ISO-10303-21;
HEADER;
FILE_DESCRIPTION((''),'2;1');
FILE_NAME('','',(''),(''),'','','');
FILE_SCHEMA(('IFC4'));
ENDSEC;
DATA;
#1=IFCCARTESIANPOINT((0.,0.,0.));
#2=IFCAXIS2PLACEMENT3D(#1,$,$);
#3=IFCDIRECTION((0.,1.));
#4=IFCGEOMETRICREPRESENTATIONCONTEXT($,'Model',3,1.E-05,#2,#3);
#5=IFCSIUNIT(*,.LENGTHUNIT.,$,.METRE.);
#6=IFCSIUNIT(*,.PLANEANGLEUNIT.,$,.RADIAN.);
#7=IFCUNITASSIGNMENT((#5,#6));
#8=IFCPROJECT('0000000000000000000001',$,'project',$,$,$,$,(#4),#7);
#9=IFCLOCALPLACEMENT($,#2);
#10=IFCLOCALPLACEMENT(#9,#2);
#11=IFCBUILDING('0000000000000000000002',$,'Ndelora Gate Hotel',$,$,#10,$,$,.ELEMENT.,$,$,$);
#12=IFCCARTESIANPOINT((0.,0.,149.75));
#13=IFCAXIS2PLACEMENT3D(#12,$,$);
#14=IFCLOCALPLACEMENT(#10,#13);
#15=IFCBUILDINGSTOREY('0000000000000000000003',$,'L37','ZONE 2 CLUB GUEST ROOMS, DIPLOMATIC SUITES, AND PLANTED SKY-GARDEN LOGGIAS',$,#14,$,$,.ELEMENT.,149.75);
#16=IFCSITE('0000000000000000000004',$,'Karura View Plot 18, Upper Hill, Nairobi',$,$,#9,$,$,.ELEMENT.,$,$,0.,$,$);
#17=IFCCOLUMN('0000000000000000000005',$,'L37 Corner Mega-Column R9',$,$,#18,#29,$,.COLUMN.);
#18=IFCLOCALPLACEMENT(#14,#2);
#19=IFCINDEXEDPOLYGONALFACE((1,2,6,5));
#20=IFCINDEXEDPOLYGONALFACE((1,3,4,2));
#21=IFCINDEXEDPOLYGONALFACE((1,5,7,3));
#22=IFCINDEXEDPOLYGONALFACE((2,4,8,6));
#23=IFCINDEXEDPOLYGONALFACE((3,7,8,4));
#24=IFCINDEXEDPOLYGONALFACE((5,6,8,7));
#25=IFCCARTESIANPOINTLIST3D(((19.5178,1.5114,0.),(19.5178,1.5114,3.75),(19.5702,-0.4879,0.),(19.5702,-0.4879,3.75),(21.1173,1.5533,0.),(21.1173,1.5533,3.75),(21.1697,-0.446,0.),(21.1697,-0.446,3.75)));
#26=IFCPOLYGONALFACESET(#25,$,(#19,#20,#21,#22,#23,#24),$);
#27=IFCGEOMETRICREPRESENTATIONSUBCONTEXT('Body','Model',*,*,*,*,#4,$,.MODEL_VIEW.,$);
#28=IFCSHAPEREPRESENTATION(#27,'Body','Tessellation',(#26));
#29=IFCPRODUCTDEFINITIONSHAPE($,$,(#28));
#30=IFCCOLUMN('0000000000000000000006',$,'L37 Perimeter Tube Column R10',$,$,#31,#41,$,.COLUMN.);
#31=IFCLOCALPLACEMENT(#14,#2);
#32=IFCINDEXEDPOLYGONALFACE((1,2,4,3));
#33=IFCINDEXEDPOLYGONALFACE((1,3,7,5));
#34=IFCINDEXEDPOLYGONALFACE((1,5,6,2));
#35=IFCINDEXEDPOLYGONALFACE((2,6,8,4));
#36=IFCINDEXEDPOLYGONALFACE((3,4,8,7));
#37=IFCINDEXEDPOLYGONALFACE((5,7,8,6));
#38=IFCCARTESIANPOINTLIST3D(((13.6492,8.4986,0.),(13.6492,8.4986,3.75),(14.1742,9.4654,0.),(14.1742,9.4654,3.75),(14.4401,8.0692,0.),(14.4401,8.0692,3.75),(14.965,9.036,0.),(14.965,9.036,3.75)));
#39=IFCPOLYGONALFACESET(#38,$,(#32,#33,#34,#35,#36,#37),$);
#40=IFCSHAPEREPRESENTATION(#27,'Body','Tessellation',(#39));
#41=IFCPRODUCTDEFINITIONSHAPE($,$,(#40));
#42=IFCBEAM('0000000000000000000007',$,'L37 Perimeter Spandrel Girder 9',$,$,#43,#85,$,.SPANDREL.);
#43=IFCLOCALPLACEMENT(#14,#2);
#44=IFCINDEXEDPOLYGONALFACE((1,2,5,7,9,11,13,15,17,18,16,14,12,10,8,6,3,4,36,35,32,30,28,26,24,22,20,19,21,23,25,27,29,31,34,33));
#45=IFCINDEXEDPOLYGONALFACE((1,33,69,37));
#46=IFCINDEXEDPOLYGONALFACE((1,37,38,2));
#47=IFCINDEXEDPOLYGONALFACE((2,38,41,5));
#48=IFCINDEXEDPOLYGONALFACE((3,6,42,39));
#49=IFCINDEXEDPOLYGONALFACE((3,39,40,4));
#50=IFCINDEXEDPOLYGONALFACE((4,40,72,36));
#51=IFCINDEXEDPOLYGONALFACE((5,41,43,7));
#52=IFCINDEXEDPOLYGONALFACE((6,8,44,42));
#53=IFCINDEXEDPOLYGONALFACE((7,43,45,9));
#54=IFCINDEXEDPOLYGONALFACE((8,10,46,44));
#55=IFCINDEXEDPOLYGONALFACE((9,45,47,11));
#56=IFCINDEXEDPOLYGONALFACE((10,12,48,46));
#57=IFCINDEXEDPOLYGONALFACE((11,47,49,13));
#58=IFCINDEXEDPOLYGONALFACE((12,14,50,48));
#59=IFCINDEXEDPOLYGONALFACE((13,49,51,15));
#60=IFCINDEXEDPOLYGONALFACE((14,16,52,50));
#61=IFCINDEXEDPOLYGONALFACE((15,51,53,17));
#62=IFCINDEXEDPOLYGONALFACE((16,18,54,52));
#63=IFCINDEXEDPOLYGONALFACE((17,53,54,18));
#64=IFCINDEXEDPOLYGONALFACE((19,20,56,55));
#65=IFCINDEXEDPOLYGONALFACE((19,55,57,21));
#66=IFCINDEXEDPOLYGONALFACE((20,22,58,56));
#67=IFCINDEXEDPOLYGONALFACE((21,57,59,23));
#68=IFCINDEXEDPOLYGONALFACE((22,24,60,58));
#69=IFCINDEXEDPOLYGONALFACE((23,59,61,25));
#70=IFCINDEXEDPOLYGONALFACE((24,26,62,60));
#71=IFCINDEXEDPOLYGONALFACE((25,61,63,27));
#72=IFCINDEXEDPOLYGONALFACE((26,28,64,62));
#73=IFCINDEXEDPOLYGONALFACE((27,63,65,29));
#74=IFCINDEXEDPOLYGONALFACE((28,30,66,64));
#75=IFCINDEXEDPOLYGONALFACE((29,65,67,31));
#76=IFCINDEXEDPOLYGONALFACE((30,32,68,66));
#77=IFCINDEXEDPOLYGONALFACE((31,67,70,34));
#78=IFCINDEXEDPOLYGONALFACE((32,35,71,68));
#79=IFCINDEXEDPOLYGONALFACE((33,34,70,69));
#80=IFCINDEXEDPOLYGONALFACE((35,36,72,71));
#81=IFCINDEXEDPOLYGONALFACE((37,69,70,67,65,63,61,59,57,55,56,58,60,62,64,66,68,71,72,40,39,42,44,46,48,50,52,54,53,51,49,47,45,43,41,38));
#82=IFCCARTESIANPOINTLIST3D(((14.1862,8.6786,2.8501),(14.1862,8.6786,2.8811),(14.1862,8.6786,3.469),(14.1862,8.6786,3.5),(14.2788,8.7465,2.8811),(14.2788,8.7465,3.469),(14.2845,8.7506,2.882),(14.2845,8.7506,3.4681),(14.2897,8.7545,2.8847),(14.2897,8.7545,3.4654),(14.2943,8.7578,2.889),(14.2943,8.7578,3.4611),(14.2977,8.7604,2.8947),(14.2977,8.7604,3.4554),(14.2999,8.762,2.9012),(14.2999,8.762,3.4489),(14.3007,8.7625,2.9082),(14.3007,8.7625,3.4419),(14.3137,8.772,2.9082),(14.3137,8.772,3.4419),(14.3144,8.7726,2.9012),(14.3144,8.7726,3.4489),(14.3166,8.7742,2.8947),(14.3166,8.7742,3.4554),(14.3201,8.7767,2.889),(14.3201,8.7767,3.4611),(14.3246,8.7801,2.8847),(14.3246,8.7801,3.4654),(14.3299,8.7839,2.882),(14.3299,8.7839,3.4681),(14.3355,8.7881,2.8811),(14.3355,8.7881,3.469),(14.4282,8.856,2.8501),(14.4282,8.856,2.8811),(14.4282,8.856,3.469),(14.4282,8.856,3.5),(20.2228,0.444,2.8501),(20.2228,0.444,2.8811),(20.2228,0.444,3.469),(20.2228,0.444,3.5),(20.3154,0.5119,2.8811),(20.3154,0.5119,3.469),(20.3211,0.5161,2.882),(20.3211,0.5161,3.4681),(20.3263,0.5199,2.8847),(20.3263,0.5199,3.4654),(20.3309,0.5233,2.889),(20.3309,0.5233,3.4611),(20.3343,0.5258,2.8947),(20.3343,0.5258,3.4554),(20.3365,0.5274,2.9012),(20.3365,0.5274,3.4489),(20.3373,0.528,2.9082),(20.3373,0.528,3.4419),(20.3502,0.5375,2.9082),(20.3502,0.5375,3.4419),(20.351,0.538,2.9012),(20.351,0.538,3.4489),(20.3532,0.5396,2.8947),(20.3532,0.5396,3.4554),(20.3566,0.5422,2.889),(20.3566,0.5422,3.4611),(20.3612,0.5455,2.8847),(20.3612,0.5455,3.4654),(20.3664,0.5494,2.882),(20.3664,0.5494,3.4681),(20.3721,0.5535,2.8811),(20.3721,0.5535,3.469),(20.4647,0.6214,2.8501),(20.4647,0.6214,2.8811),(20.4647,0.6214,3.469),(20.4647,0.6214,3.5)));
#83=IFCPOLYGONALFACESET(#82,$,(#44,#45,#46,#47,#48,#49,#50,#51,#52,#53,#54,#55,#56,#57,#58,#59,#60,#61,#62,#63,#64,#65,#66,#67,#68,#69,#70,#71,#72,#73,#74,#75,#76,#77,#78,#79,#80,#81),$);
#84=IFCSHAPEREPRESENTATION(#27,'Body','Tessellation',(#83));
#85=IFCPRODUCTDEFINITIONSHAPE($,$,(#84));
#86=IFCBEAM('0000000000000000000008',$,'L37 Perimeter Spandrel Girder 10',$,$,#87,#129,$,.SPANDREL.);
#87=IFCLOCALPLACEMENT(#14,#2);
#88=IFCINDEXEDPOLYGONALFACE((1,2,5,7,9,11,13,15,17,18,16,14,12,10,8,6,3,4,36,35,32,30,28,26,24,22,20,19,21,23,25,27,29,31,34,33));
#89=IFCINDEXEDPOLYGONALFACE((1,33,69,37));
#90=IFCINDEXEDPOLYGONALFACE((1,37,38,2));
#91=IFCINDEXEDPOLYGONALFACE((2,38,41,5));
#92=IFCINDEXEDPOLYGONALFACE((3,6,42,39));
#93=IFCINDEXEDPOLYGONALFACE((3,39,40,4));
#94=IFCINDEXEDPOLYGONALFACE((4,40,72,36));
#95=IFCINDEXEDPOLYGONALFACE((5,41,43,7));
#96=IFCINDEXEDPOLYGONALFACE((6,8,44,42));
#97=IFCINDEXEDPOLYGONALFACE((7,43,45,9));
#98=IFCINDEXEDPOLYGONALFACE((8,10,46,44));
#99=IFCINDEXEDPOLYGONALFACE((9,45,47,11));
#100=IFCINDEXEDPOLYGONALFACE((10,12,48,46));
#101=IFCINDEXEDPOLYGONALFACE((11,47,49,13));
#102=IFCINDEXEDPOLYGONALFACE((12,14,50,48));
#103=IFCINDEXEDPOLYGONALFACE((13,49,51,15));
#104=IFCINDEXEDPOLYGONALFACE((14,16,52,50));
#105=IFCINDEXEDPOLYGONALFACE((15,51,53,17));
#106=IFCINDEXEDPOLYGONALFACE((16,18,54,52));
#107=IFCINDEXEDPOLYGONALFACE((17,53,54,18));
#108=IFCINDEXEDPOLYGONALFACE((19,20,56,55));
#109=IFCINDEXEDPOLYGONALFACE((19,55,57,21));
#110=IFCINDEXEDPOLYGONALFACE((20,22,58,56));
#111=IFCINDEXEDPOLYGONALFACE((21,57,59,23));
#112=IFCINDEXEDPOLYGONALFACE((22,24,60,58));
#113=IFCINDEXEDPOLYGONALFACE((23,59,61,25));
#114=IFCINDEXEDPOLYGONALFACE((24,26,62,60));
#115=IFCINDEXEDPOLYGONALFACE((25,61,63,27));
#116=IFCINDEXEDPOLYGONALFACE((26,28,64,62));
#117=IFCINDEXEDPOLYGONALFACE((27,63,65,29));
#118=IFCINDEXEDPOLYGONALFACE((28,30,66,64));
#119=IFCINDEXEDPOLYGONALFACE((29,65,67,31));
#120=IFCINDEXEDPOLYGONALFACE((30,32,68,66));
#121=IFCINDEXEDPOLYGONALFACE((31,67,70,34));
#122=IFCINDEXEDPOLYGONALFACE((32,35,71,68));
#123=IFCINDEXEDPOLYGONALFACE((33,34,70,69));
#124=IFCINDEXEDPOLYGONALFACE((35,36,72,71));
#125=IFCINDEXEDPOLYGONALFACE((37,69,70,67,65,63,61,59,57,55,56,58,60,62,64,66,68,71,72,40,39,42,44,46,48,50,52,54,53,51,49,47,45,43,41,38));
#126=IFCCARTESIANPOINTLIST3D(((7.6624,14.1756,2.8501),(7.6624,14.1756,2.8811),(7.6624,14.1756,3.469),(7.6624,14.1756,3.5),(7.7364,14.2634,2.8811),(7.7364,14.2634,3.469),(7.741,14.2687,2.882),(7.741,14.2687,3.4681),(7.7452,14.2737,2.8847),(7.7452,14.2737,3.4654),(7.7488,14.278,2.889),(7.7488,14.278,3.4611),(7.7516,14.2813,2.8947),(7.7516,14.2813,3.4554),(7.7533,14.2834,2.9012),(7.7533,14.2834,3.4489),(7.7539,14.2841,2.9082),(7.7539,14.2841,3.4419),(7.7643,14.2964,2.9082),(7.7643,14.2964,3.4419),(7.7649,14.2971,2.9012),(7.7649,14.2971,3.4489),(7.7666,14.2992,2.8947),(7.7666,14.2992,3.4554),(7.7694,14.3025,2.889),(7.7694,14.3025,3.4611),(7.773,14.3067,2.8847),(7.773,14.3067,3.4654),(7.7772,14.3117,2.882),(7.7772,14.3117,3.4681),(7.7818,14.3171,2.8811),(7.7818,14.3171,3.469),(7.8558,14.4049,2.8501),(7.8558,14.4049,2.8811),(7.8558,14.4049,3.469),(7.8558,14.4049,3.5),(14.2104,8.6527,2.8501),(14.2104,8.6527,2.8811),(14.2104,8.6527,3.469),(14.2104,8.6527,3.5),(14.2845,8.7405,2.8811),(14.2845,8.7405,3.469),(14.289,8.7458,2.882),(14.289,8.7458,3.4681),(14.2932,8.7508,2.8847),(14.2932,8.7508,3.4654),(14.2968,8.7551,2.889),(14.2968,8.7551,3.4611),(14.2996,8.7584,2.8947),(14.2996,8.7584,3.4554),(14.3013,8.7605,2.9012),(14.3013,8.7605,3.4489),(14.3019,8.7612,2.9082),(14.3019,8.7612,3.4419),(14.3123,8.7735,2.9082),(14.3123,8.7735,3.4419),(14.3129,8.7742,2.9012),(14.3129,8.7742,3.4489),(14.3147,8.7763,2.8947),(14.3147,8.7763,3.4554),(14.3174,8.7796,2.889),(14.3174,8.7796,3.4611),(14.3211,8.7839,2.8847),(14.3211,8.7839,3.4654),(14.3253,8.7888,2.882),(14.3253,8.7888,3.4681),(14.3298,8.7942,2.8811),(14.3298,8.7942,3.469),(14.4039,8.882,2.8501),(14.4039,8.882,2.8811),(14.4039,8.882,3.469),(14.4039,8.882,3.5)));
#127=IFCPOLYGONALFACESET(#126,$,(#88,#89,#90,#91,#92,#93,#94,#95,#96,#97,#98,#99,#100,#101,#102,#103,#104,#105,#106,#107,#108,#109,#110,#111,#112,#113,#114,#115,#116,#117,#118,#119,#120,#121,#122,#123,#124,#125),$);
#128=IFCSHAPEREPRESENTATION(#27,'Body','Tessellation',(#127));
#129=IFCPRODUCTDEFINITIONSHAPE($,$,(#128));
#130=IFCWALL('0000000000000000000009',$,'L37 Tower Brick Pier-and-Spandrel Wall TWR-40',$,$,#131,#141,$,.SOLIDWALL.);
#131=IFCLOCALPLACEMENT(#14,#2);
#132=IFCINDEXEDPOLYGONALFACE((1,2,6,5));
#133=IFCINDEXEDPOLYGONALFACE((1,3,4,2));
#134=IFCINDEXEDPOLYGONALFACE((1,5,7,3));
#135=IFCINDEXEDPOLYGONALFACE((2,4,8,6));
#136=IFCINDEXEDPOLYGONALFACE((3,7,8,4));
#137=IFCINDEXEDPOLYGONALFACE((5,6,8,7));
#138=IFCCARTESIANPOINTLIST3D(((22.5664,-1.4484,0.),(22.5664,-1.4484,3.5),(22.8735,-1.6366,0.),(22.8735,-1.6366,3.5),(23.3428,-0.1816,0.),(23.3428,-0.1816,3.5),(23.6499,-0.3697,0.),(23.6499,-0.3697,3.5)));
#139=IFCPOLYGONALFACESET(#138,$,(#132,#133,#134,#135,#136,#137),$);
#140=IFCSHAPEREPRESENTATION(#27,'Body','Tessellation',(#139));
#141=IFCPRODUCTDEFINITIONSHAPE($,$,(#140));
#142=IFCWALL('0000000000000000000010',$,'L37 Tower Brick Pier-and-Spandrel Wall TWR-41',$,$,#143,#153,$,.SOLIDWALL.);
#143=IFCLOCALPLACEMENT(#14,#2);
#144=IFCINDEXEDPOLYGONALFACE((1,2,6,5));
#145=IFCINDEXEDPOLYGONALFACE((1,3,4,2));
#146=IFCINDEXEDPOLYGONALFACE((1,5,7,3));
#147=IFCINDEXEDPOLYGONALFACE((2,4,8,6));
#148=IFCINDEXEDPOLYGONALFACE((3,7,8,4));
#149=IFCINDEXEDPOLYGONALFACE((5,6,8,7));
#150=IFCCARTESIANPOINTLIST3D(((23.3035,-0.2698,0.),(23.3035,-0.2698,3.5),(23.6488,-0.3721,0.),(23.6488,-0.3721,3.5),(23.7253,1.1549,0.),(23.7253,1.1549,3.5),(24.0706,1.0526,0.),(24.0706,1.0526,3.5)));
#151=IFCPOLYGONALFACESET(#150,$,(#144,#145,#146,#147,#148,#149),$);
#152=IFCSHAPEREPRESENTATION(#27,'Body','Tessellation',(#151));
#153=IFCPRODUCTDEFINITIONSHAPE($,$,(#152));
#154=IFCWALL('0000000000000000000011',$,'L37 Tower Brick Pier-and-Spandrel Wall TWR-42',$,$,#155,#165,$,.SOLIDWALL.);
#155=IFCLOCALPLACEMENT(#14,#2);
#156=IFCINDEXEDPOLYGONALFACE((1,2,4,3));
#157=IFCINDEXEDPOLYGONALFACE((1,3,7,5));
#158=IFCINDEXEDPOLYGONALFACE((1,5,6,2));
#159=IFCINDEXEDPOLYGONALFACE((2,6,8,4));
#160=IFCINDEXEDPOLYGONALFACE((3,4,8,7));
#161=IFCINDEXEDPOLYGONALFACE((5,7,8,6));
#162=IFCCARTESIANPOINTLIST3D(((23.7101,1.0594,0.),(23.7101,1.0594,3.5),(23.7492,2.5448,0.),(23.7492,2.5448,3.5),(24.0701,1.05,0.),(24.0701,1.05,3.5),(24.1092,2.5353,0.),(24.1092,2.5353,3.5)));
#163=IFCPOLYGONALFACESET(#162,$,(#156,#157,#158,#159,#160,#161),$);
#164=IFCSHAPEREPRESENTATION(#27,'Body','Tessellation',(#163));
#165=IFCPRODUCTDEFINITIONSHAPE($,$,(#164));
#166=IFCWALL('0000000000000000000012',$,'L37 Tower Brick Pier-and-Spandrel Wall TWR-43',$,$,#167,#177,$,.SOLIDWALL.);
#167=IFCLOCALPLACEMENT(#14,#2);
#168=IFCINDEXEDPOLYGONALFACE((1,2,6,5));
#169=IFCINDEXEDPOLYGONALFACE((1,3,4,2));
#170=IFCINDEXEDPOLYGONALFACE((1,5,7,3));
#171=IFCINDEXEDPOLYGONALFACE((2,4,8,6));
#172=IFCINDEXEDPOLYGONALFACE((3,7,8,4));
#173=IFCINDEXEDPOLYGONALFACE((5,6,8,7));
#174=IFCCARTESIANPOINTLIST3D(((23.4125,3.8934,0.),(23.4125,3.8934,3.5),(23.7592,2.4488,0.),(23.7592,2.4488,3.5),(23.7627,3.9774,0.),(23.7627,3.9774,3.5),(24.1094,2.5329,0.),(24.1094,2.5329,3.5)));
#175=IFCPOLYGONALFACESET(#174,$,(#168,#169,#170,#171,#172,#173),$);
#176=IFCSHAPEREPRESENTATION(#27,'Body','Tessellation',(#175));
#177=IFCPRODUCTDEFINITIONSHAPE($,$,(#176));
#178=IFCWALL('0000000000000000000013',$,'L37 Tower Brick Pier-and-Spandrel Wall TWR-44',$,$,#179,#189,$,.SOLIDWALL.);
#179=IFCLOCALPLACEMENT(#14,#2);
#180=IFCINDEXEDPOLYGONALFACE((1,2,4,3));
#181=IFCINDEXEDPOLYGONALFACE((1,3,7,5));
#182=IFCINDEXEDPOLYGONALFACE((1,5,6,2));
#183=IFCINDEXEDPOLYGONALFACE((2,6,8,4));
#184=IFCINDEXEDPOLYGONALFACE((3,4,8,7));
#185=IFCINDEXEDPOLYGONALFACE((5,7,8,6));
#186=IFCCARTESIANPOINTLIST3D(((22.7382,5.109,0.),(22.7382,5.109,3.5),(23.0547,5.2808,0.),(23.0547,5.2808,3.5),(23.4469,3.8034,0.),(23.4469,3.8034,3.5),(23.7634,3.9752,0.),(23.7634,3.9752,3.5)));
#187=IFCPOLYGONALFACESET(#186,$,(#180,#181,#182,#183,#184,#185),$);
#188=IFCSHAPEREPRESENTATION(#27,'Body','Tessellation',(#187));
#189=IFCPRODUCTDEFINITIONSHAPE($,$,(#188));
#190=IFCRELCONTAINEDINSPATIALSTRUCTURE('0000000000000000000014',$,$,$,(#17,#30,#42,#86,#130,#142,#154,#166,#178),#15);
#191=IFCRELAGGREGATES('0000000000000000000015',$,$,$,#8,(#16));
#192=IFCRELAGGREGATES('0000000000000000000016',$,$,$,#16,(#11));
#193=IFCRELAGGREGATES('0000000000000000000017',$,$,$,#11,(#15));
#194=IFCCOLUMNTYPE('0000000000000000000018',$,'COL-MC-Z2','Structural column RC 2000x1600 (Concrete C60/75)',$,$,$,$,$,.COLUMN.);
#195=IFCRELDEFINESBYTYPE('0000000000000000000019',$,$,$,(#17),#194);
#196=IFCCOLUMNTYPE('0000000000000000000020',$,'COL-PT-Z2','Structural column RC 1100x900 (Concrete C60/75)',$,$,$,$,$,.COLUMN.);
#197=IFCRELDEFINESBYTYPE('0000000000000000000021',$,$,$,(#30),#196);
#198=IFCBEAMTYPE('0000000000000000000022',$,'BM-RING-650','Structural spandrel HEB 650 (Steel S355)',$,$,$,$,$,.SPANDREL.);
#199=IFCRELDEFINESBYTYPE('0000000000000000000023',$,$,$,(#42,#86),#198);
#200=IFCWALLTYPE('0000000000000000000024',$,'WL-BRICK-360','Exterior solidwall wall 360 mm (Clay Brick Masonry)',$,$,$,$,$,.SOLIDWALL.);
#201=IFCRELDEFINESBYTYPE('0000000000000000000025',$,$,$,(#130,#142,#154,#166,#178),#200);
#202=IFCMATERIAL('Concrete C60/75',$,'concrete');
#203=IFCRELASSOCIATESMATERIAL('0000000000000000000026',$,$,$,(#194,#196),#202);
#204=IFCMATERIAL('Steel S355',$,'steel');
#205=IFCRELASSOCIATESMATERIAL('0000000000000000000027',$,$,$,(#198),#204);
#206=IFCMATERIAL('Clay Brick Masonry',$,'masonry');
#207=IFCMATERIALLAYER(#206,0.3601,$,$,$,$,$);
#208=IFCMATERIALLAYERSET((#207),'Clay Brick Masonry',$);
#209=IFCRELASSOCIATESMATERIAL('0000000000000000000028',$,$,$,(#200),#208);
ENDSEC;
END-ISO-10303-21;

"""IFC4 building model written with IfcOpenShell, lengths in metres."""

from ifc_helpers import new_model, si_unit, direction, frame, frame_2d, origin, origin_2d, place, context, subcontext, project, spatial, rectangle, i_section, extrude, material, layer, layer_set, material_profile, profile_set, type_object, element, save


model = new_model("IFC4")

# Units and contexts
model_context = context("Model", 3, precision=1e-05, world=origin(), true_north=direction((0.0, 1.0)))
body_context = subcontext(model_context, "Body", "Model", "MODEL_VIEW")
ifc_project = project(units=[si_unit("LENGTHUNIT", "METRE"), si_unit("PLANEANGLEUNIT", "RADIAN")], contexts=[model_context])

# Site, building, storey
site_placement = place(None, origin())
site = spatial("IfcSite", under=ifc_project, at=site_placement, Name="Karura View Plot 18, Upper Hill, Nairobi", CompositionType="ELEMENT", RefElevation=0.0)
building_placement = place(site_placement, origin())
building = spatial("IfcBuilding", under=site, at=building_placement, Name="Ndelora Gate Hotel", CompositionType="ELEMENT")
storey_placement = place(building_placement, frame((0.0, 0.0, 149.75)))
storey = spatial("IfcBuildingStorey", under=building, at=storey_placement, Name="L37", Description="ZONE 2 CLUB GUEST ROOMS, DIPLOMATIC SUITES, AND PLANTED SKY-GARDEN LOGGIAS", CompositionType="ELEMENT", Elevation=149.75)

# Columns
ifc_material_1 = material(Name="Concrete C60/75", Category="concrete")
ifc_material_profile_1 = material_profile(ifc_material_1, rectangle(XDim=1.6001, YDim=2.0, at=origin_2d()), Name="RC 2000x1600")
ifc_profile_set_1 = profile_set([ifc_material_profile_1], Name="Concrete C60/75")
column_type_1 = type_object("IfcColumnType", Name="COL-MC-Z2", Description="Structural column RC 2000x1600 (Concrete C60/75)", PredefinedType="COLUMN", material=ifc_profile_set_1)
column_1_placement = place(storey_placement, frame((20.3438, 0.5327, 0.0), z_axis=(0.0, 0.0, 1.0), x_axis=(0.999657, 0.026177, 0.0)))
element("IfcColumn", 1, at=column_1_placement, inside=storey, type_object=column_type_1, Name="L37 Corner Mega-Column R9", PredefinedType="COLUMN", context=body_context, shape_type="SweptSolid", body=[
    extrude(rectangle(XDim=1.6001, YDim=2.0, at=origin_2d()), origin(), (0.0, 0.0, 1.0), 3.75),
])
ifc_material_profile_2 = material_profile(ifc_material_1, rectangle(XDim=0.8999, YDim=1.1001, at=origin_2d()), Name="RC 1100x900")
ifc_profile_set_2 = profile_set([ifc_material_profile_2], Name="Concrete C60/75")
column_type_2 = type_object("IfcColumnType", Name="COL-PT-Z2", Description="Structural column RC 1100x900 (Concrete C60/75)", PredefinedType="COLUMN", material=ifc_profile_set_2)
column_2_placement = place(storey_placement, frame((14.3071, 8.7673, 0.0), z_axis=(0.0, 0.0, 1.0), x_axis=(-0.878817, 0.477159, 0.0)))
element("IfcColumn", 2, at=column_2_placement, inside=storey, type_object=column_type_2, Name="L37 Perimeter Tube Column R10", PredefinedType="COLUMN", context=body_context, shape_type="SweptSolid", body=[
    extrude(rectangle(XDim=0.8999, YDim=1.1001, at=origin_2d()), origin(), (0.0, 0.0, 1.0), 3.75),
])

# Beams
ifc_material_2 = material(Name="Steel S355", Category="steel")
ifc_material_profile_3 = material_profile(ifc_material_2, i_section(OverallWidth=0.3, OverallDepth=0.6499, WebThickness=0.0161, FlangeThickness=0.031, FilletRadius=0.0271, at=origin_2d()), Name="HEB 650")
ifc_profile_set_3 = profile_set([ifc_material_profile_3], Name="Steel S355")
beam_type = type_object("IfcBeamType", Name="BM-RING-650", Description="Structural spandrel HEB 650 (Steel S355)", PredefinedType="SPANDREL", material=ifc_profile_set_3)
beam_1_placement = place(storey_placement, frame((20.3438, 0.5327, 3.175), z_axis=(-0.59123, 0.806503, 0.0), x_axis=(-0.806503, -0.59123, 0.0)))
element("IfcBeam", 3, at=beam_1_placement, inside=storey, type_object=beam_type, Name="L37 Perimeter Spandrel Girder 9", PredefinedType="SPANDREL", context=body_context, shape_type="SweptSolid", body=[
    extrude(i_section(OverallWidth=0.3, OverallDepth=0.6499, WebThickness=0.0161, FlangeThickness=0.031, FilletRadius=0.0271, at=origin_2d()), origin(), (0.0, 0.0, 1.0), 10.2102),
])
beam_2_placement = place(storey_placement, frame((14.3071, 8.7673, 3.175), z_axis=(-0.764407, 0.644734, 0.0), x_axis=(-0.644734, -0.764407, 0.0)))
element("IfcBeam", 4, at=beam_2_placement, inside=storey, type_object=beam_type, Name="L37 Perimeter Spandrel Girder 10", PredefinedType="SPANDREL", context=body_context, shape_type="SweptSolid", body=[
    extrude(i_section(OverallWidth=0.3, OverallDepth=0.6499, WebThickness=0.0161, FlangeThickness=0.031, FilletRadius=0.0271, at=origin_2d()), origin(), (0.0, 0.0, 1.0), 8.5662),
])

# Walls
ifc_material_3 = material(Name="Clay Brick Masonry", Category="masonry")
ifc_layer_1 = layer(ifc_material_3, 0.3601)
ifc_layer_set_1 = layer_set([ifc_layer_1], Name="Clay Brick Masonry")
wall_type = type_object("IfcWallType", Name="WL-BRICK-360", Description="Exterior solidwall wall 360 mm (Clay Brick Masonry)", PredefinedType="SOLIDWALL", material=ifc_layer_set_1)
for number, where, z_axis, x_axis, name in (
    (5, (23.4963, -0.2756, 0.0), (0.0, 0.0, 1.0), (-0.52252, -0.852627, 0.0), "L37 Tower Brick Pier-and-Spandrel Wall TWR-40"),
    (6, (23.8979, 1.1038, 0.0), (0.0, 0.0, 1.0), (-0.283909, -0.958851, 0.0), "L37 Tower Brick Pier-and-Spandrel Wall TWR-41"),
    (7, (23.9292, 2.54, 0.0), (0.0, 0.0, 1.0), (-0.026289, -0.999654, 0.0), "L37 Tower Brick Pier-and-Spandrel Wall TWR-42"),
):
    element("IfcWall", number, at=place(storey_placement, frame(where, z_axis=z_axis, x_axis=x_axis)), inside=storey, type_object=wall_type, Name=name, PredefinedType="SOLIDWALL", context=body_context, shape_type="SweptSolid", body=[
        extrude(rectangle(XDim=1.4858, YDim=0.3601, at=frame_2d((0.7429, 0.0))), origin(), (0.0, 0.0, 1.0), 3.5),
    ])
for number, where, z_axis, x_axis, name in (
    (8, (23.5876, 3.9353, 0.0), (0.0, 0.0, 1.0), (0.233361, -0.97239, 0.0), "L37 Tower Brick Pier-and-Spandrel Wall TWR-43"),
    (9, (22.8965, 5.1948, 0.0), (0.0, 0.0, 1.0), (0.477066, -0.878867, 0.0), "L37 Tower Brick Pier-and-Spandrel Wall TWR-44"),
):
    element("IfcWall", number, at=place(storey_placement, frame(where, z_axis=z_axis, x_axis=x_axis)), inside=storey, type_object=wall_type, Name=name, PredefinedType="SOLIDWALL", context=body_context, shape_type="SweptSolid", body=[
        extrude(rectangle(XDim=1.4856, YDim=0.3601, at=frame_2d((0.7427, 0.0))), origin(), (0.0, 0.0, 1.0), 3.5),
    ])

save(model, "model.ifc")
